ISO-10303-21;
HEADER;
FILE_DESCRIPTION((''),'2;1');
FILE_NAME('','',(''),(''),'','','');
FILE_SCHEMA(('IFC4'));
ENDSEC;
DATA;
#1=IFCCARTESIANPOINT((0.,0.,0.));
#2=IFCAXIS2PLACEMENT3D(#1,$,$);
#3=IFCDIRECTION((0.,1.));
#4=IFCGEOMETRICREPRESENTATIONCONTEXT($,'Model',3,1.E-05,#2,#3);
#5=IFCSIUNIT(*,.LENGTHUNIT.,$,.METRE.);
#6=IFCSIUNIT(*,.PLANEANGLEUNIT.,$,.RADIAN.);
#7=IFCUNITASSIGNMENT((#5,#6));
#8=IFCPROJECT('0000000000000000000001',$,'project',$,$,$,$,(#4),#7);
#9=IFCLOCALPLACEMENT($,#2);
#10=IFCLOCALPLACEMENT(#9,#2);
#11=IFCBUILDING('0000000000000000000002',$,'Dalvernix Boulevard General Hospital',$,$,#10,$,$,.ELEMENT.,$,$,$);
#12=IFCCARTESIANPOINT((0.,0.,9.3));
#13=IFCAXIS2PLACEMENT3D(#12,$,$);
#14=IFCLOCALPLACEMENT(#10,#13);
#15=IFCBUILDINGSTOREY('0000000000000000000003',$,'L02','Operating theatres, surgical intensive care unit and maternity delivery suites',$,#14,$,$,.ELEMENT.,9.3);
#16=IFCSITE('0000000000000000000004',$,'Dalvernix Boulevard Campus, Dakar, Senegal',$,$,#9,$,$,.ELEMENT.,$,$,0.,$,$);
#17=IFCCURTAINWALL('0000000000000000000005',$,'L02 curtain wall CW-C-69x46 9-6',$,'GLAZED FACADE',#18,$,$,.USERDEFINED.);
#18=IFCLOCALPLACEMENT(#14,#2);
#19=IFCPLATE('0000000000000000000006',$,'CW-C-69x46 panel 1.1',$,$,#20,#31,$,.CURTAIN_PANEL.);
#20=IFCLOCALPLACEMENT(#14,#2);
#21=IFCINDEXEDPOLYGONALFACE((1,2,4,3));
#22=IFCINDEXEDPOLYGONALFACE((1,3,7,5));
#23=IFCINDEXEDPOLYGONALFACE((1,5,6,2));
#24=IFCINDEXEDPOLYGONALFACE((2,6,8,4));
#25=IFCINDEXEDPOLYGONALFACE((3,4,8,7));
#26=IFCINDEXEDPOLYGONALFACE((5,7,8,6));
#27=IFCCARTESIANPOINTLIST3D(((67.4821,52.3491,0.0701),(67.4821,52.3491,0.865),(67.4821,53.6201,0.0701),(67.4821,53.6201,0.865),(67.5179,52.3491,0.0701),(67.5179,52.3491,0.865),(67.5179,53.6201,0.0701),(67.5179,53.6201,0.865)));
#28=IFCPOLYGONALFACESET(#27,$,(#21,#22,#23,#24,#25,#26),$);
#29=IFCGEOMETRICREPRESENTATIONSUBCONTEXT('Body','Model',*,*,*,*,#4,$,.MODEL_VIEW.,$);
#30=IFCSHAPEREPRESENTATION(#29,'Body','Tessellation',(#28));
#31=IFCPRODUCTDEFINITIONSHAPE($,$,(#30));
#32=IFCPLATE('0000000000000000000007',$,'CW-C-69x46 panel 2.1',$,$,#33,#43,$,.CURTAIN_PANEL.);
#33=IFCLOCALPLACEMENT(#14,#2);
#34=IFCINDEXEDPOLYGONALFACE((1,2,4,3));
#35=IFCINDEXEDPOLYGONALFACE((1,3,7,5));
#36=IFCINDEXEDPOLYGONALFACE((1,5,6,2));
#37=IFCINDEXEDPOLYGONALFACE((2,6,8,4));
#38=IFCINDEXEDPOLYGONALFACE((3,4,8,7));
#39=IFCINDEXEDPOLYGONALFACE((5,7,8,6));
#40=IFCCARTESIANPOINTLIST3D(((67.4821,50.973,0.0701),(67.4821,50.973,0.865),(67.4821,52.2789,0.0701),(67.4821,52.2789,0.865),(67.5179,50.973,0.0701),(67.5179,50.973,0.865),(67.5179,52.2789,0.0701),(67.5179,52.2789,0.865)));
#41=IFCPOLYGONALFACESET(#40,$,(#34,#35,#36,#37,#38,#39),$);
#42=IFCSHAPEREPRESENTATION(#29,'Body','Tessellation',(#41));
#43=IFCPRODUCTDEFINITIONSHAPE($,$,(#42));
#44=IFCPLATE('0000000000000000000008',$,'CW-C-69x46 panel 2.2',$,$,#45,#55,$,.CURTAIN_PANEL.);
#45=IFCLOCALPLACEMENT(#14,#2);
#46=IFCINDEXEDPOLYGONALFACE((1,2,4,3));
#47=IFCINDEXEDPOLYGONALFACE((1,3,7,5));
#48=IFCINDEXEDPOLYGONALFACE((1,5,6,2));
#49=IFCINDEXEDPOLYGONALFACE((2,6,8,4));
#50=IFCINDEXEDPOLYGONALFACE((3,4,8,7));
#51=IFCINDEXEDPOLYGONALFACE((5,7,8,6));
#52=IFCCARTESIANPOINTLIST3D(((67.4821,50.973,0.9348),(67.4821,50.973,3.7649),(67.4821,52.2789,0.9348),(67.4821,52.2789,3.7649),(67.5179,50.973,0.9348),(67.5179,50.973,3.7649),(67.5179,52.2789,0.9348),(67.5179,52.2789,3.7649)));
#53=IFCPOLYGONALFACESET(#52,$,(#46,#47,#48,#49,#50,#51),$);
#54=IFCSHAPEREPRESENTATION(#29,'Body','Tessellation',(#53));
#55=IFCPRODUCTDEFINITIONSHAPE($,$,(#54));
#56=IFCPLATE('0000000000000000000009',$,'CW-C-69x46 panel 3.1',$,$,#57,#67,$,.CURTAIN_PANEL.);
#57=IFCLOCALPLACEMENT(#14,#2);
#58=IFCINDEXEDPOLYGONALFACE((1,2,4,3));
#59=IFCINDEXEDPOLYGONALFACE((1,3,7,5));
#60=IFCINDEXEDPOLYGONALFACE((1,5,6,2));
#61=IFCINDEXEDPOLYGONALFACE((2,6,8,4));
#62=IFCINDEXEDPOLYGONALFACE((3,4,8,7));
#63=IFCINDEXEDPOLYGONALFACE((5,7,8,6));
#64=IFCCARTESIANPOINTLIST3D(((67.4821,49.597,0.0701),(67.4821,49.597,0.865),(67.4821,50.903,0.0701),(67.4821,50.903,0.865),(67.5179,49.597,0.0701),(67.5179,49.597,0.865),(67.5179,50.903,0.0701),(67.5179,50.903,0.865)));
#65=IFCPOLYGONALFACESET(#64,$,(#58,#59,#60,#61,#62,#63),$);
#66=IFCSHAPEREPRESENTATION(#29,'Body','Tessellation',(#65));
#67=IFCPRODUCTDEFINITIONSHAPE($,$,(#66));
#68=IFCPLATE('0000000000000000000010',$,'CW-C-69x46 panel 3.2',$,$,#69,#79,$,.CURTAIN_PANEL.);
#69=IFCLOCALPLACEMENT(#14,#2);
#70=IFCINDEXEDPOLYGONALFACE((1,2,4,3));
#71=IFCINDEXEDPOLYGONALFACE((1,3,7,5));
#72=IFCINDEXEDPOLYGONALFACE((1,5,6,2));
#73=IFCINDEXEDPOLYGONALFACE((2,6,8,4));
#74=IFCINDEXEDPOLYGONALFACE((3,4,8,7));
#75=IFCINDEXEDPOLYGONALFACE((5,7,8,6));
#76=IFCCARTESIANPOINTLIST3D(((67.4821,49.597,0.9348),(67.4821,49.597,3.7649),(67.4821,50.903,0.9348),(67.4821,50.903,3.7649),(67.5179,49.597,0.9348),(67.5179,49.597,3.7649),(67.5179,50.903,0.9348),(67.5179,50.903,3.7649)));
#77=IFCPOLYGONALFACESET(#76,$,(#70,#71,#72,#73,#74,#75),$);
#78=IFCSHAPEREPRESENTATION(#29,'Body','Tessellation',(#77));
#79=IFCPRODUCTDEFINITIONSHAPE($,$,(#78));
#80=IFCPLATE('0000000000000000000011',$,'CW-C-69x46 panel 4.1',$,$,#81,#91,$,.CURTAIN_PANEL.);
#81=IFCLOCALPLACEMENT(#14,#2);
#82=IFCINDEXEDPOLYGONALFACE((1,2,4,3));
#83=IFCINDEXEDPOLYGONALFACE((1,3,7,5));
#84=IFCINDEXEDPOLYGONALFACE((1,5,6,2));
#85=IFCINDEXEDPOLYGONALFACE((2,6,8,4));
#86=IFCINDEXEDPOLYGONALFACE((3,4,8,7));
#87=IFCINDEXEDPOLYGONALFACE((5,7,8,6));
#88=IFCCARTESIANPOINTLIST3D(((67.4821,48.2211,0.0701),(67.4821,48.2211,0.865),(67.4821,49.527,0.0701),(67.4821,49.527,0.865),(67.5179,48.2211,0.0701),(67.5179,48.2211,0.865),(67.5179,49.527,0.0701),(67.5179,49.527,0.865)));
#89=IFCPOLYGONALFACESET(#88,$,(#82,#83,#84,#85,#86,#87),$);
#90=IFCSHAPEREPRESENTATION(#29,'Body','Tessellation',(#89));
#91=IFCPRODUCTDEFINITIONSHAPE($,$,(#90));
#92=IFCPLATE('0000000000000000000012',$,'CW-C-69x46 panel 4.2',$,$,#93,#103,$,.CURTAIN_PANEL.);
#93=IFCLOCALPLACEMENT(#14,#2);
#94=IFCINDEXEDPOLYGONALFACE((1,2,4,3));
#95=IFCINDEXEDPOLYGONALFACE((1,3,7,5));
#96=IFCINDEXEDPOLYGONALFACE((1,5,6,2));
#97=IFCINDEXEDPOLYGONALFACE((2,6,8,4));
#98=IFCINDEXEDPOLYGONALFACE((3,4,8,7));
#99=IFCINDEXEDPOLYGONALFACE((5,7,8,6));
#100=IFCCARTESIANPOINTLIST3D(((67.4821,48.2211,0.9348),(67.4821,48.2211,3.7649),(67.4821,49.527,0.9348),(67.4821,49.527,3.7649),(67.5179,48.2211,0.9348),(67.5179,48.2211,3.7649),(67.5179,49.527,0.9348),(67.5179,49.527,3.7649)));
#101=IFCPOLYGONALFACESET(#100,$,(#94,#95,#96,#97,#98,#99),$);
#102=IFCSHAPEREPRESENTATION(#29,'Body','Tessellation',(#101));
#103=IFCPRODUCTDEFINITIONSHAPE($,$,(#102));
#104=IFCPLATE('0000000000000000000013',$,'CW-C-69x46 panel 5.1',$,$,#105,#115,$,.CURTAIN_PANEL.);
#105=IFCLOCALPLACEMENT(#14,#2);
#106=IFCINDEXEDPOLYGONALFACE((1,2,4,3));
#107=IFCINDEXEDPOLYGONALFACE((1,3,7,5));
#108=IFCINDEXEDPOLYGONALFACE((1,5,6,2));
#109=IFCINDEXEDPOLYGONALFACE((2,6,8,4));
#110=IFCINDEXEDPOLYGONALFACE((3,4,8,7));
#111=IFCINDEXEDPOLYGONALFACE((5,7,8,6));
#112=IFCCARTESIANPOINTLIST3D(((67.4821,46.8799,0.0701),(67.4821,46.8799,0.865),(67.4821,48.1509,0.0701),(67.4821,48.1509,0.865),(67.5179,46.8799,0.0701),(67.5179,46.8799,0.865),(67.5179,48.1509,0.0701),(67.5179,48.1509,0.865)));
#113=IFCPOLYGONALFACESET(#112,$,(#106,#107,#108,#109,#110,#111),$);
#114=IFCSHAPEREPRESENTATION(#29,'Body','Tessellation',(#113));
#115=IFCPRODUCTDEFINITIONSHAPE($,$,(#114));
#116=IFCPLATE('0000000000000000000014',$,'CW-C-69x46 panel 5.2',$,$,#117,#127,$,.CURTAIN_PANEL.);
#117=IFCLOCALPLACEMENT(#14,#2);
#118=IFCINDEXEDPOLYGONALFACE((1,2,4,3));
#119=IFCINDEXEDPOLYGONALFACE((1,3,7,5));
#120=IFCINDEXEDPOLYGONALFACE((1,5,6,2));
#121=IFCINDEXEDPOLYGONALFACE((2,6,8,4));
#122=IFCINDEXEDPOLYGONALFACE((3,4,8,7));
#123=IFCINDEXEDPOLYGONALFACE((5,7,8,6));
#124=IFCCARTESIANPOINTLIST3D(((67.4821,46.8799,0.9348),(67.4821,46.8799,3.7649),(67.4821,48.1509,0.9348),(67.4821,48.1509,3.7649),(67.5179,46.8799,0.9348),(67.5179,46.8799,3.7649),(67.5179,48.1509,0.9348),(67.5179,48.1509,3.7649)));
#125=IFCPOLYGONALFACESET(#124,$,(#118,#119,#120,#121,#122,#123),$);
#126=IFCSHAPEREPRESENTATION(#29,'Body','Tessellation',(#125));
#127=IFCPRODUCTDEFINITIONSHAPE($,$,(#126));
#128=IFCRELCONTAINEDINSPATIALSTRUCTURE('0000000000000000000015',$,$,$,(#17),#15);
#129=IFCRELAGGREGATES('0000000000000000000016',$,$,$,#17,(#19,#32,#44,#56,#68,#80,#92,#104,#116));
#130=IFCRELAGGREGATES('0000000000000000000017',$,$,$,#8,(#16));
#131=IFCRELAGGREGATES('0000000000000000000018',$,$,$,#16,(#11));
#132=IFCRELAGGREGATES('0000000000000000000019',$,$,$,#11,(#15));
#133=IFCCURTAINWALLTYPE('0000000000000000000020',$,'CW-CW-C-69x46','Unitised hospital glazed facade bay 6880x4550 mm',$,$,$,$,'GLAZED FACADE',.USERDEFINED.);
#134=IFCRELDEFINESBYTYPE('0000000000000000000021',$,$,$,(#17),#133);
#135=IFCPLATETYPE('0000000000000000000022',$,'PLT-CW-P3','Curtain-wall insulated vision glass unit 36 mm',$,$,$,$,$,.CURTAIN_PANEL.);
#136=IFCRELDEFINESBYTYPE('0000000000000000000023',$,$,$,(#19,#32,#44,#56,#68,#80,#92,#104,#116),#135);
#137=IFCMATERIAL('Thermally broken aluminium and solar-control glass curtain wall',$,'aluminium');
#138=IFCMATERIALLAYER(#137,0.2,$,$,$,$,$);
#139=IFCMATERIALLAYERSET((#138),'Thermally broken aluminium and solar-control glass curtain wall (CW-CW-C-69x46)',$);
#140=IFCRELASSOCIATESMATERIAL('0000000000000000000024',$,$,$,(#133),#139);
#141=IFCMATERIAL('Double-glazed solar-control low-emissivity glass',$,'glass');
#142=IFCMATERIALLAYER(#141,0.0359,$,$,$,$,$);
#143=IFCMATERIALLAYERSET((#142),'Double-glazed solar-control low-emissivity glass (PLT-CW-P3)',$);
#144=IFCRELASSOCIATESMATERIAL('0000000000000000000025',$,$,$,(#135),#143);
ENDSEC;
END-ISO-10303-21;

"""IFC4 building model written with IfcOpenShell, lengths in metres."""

from ifc_helpers import new_model, si_unit, direction, frame, origin, origin_2d, place, context, subcontext, project, spatial, rectangle, extrude, material, layer, layer_set, type_object, element, aggregate, save


model = new_model("IFC4")

# Units and contexts
model_context = context("Model", 3, precision=1e-05, world=origin(), true_north=direction((0.0, 1.0)))
body_context = subcontext(model_context, "Body", "Model", "MODEL_VIEW")
ifc_project = project(units=[si_unit("LENGTHUNIT", "METRE"), si_unit("PLANEANGLEUNIT", "RADIAN")], contexts=[model_context])

# Site, building, storey
site_placement = place(None, origin())
site = spatial("IfcSite", under=ifc_project, at=site_placement, Name="Dalvernix Boulevard Campus, Dakar, Senegal", CompositionType="ELEMENT", RefElevation=0.0)
building_placement = place(site_placement, origin())
building = spatial("IfcBuilding", under=site, at=building_placement, Name="Dalvernix Boulevard General Hospital", CompositionType="ELEMENT")
storey_placement = place(building_placement, frame((0.0, 0.0, 9.3)))
storey = spatial("IfcBuildingStorey", under=building, at=storey_placement, Name="L02", Description="Operating theatres, surgical intensive care unit and maternity delivery suites", CompositionType="ELEMENT", Elevation=9.3)

# Curtain wall
ifc_material_1 = material(Name="Thermally broken aluminium and solar-control glass curtain wall", Category="aluminium")
ifc_layer_1 = layer(ifc_material_1, 0.2)
ifc_layer_set_1 = layer_set([ifc_layer_1], Name="Thermally broken aluminium and solar-control glass curtain wall (CW-CW-C-69x46)")
curtain_wall_type_1 = type_object("IfcCurtainWallType", Name="CW-CW-C-69x46", Description="Unitised hospital glazed facade bay 6880x4550 mm", ElementType="GLAZED FACADE", PredefinedType="USERDEFINED", material=ifc_layer_set_1)
curtain_wall_1_placement = place(storey_placement, origin())
curtain_wall_1 = element("IfcCurtainWall", 1, at=curtain_wall_1_placement, inside=storey, type_object=curtain_wall_type_1, Name="L02 curtain wall CW-C-69x46 9-6", ObjectType="GLAZED FACADE", PredefinedType="USERDEFINED")

# Shared definitions
ifc_material_2 = material(Name="Double-glazed solar-control low-emissivity glass", Category="glass")

# Plates
ifc_layer_2 = layer(ifc_material_2, 0.0359)
ifc_layer_set_2 = layer_set([ifc_layer_2], Name="Double-glazed solar-control low-emissivity glass (PLT-CW-P3)")
plate_type_1 = type_object("IfcPlateType", Name="PLT-CW-P3", Description="Curtain-wall insulated vision glass unit 36 mm", PredefinedType="CURTAIN_PANEL", material=ifc_layer_set_2)
plate_1_placement = place(storey_placement, frame((67.5, 52.9846, 0.0701), z_axis=(0.0, 0.0, 1.0), x_axis=(0.0, -1.0, 0.0)))
plate_1 = element("IfcPlate", 2, at=plate_1_placement, type_object=plate_type_1, Name="CW-C-69x46 panel 1.1", PredefinedType="CURTAIN_PANEL", context=body_context, shape_type="SweptSolid", body=[
    extrude(rectangle(XDim=1.271, YDim=0.0359, at=origin_2d()), origin(), (0.0, 0.0, 1.0), 0.7949),
])
plate_2_placement = place(storey_placement, frame((67.5, 51.626, 0.0701), z_axis=(0.0, 0.0, 1.0), x_axis=(0.0, -1.0, 0.0)))
plate_2 = element("IfcPlate", 3, at=plate_2_placement, type_object=plate_type_1, Name="CW-C-69x46 panel 2.1", PredefinedType="CURTAIN_PANEL", context=body_context, shape_type="SweptSolid", body=[
    extrude(rectangle(XDim=1.3059, YDim=0.0359, at=origin_2d()), origin(), (0.0, 0.0, 1.0), 0.7949),
])
plate_3_placement = place(storey_placement, frame((67.5, 51.626, 0.9348), z_axis=(0.0, 0.0, 1.0), x_axis=(0.0, -1.0, 0.0)))
plate_3 = element("IfcPlate", 4, at=plate_3_placement, type_object=plate_type_1, Name="CW-C-69x46 panel 2.2", PredefinedType="CURTAIN_PANEL", context=body_context, shape_type="SweptSolid", body=[
    extrude(rectangle(XDim=1.3059, YDim=0.0359, at=origin_2d()), origin(), (0.0, 0.0, 1.0), 2.8301),
])
plate_4_placement = place(storey_placement, frame((67.5, 50.25, 0.0701), z_axis=(0.0, 0.0, 1.0), x_axis=(0.0, -1.0, 0.0)))
plate_4 = element("IfcPlate", 5, at=plate_4_placement, type_object=plate_type_1, Name="CW-C-69x46 panel 3.1", PredefinedType="CURTAIN_PANEL", context=body_context, shape_type="SweptSolid", body=[
    extrude(rectangle(XDim=1.3059, YDim=0.0359, at=origin_2d()), origin(), (0.0, 0.0, 1.0), 0.7949),
])
plate_5_placement = place(storey_placement, frame((67.5, 50.25, 0.9348), z_axis=(0.0, 0.0, 1.0), x_axis=(0.0, -1.0, 0.0)))
plate_5 = element("IfcPlate", 6, at=plate_5_placement, type_object=plate_type_1, Name="CW-C-69x46 panel 3.2", PredefinedType="CURTAIN_PANEL", context=body_context, shape_type="SweptSolid", body=[
    extrude(rectangle(XDim=1.3059, YDim=0.0359, at=origin_2d()), origin(), (0.0, 0.0, 1.0), 2.8301),
])
plate_6_placement = place(storey_placement, frame((67.5, 48.874, 0.0701), z_axis=(0.0, 0.0, 1.0), x_axis=(0.0, -1.0, 0.0)))
plate_6 = element("IfcPlate", 7, at=plate_6_placement, type_object=plate_type_1, Name="CW-C-69x46 panel 4.1", PredefinedType="CURTAIN_PANEL", context=body_context, shape_type="SweptSolid", body=[
    extrude(rectangle(XDim=1.3059, YDim=0.0359, at=origin_2d()), origin(), (0.0, 0.0, 1.0), 0.7949),
])
plate_7_placement = place(storey_placement, frame((67.5, 48.874, 0.9348), z_axis=(0.0, 0.0, 1.0), x_axis=(0.0, -1.0, 0.0)))
plate_7 = element("IfcPlate", 8, at=plate_7_placement, type_object=plate_type_1, Name="CW-C-69x46 panel 4.2", PredefinedType="CURTAIN_PANEL", context=body_context, shape_type="SweptSolid", body=[
    extrude(rectangle(XDim=1.3059, YDim=0.0359, at=origin_2d()), origin(), (0.0, 0.0, 1.0), 2.8301),
])
plate_8_placement = place(storey_placement, frame((67.5, 47.5154, 0.0701), z_axis=(0.0, 0.0, 1.0), x_axis=(0.0, -1.0, 0.0)))
plate_8 = element("IfcPlate", 9, at=plate_8_placement, type_object=plate_type_1, Name="CW-C-69x46 panel 5.1", PredefinedType="CURTAIN_PANEL", context=body_context, shape_type="SweptSolid", body=[
    extrude(rectangle(XDim=1.271, YDim=0.0359, at=origin_2d()), origin(), (0.0, 0.0, 1.0), 0.7949),
])
plate_9_placement = place(storey_placement, frame((67.5, 47.5154, 0.9348), z_axis=(0.0, 0.0, 1.0), x_axis=(0.0, -1.0, 0.0)))
plate_9 = element("IfcPlate", 10, at=plate_9_placement, type_object=plate_type_1, Name="CW-C-69x46 panel 5.2", PredefinedType="CURTAIN_PANEL", context=body_context, shape_type="SweptSolid", body=[
    extrude(rectangle(XDim=1.271, YDim=0.0359, at=origin_2d()), origin(), (0.0, 0.0, 1.0), 2.8301),
])
aggregate(curtain_wall_1, [plate_1, plate_2, plate_3, plate_4, plate_5, plate_6, plate_7, plate_8, plate_9])

save(model, "model.ifc")
